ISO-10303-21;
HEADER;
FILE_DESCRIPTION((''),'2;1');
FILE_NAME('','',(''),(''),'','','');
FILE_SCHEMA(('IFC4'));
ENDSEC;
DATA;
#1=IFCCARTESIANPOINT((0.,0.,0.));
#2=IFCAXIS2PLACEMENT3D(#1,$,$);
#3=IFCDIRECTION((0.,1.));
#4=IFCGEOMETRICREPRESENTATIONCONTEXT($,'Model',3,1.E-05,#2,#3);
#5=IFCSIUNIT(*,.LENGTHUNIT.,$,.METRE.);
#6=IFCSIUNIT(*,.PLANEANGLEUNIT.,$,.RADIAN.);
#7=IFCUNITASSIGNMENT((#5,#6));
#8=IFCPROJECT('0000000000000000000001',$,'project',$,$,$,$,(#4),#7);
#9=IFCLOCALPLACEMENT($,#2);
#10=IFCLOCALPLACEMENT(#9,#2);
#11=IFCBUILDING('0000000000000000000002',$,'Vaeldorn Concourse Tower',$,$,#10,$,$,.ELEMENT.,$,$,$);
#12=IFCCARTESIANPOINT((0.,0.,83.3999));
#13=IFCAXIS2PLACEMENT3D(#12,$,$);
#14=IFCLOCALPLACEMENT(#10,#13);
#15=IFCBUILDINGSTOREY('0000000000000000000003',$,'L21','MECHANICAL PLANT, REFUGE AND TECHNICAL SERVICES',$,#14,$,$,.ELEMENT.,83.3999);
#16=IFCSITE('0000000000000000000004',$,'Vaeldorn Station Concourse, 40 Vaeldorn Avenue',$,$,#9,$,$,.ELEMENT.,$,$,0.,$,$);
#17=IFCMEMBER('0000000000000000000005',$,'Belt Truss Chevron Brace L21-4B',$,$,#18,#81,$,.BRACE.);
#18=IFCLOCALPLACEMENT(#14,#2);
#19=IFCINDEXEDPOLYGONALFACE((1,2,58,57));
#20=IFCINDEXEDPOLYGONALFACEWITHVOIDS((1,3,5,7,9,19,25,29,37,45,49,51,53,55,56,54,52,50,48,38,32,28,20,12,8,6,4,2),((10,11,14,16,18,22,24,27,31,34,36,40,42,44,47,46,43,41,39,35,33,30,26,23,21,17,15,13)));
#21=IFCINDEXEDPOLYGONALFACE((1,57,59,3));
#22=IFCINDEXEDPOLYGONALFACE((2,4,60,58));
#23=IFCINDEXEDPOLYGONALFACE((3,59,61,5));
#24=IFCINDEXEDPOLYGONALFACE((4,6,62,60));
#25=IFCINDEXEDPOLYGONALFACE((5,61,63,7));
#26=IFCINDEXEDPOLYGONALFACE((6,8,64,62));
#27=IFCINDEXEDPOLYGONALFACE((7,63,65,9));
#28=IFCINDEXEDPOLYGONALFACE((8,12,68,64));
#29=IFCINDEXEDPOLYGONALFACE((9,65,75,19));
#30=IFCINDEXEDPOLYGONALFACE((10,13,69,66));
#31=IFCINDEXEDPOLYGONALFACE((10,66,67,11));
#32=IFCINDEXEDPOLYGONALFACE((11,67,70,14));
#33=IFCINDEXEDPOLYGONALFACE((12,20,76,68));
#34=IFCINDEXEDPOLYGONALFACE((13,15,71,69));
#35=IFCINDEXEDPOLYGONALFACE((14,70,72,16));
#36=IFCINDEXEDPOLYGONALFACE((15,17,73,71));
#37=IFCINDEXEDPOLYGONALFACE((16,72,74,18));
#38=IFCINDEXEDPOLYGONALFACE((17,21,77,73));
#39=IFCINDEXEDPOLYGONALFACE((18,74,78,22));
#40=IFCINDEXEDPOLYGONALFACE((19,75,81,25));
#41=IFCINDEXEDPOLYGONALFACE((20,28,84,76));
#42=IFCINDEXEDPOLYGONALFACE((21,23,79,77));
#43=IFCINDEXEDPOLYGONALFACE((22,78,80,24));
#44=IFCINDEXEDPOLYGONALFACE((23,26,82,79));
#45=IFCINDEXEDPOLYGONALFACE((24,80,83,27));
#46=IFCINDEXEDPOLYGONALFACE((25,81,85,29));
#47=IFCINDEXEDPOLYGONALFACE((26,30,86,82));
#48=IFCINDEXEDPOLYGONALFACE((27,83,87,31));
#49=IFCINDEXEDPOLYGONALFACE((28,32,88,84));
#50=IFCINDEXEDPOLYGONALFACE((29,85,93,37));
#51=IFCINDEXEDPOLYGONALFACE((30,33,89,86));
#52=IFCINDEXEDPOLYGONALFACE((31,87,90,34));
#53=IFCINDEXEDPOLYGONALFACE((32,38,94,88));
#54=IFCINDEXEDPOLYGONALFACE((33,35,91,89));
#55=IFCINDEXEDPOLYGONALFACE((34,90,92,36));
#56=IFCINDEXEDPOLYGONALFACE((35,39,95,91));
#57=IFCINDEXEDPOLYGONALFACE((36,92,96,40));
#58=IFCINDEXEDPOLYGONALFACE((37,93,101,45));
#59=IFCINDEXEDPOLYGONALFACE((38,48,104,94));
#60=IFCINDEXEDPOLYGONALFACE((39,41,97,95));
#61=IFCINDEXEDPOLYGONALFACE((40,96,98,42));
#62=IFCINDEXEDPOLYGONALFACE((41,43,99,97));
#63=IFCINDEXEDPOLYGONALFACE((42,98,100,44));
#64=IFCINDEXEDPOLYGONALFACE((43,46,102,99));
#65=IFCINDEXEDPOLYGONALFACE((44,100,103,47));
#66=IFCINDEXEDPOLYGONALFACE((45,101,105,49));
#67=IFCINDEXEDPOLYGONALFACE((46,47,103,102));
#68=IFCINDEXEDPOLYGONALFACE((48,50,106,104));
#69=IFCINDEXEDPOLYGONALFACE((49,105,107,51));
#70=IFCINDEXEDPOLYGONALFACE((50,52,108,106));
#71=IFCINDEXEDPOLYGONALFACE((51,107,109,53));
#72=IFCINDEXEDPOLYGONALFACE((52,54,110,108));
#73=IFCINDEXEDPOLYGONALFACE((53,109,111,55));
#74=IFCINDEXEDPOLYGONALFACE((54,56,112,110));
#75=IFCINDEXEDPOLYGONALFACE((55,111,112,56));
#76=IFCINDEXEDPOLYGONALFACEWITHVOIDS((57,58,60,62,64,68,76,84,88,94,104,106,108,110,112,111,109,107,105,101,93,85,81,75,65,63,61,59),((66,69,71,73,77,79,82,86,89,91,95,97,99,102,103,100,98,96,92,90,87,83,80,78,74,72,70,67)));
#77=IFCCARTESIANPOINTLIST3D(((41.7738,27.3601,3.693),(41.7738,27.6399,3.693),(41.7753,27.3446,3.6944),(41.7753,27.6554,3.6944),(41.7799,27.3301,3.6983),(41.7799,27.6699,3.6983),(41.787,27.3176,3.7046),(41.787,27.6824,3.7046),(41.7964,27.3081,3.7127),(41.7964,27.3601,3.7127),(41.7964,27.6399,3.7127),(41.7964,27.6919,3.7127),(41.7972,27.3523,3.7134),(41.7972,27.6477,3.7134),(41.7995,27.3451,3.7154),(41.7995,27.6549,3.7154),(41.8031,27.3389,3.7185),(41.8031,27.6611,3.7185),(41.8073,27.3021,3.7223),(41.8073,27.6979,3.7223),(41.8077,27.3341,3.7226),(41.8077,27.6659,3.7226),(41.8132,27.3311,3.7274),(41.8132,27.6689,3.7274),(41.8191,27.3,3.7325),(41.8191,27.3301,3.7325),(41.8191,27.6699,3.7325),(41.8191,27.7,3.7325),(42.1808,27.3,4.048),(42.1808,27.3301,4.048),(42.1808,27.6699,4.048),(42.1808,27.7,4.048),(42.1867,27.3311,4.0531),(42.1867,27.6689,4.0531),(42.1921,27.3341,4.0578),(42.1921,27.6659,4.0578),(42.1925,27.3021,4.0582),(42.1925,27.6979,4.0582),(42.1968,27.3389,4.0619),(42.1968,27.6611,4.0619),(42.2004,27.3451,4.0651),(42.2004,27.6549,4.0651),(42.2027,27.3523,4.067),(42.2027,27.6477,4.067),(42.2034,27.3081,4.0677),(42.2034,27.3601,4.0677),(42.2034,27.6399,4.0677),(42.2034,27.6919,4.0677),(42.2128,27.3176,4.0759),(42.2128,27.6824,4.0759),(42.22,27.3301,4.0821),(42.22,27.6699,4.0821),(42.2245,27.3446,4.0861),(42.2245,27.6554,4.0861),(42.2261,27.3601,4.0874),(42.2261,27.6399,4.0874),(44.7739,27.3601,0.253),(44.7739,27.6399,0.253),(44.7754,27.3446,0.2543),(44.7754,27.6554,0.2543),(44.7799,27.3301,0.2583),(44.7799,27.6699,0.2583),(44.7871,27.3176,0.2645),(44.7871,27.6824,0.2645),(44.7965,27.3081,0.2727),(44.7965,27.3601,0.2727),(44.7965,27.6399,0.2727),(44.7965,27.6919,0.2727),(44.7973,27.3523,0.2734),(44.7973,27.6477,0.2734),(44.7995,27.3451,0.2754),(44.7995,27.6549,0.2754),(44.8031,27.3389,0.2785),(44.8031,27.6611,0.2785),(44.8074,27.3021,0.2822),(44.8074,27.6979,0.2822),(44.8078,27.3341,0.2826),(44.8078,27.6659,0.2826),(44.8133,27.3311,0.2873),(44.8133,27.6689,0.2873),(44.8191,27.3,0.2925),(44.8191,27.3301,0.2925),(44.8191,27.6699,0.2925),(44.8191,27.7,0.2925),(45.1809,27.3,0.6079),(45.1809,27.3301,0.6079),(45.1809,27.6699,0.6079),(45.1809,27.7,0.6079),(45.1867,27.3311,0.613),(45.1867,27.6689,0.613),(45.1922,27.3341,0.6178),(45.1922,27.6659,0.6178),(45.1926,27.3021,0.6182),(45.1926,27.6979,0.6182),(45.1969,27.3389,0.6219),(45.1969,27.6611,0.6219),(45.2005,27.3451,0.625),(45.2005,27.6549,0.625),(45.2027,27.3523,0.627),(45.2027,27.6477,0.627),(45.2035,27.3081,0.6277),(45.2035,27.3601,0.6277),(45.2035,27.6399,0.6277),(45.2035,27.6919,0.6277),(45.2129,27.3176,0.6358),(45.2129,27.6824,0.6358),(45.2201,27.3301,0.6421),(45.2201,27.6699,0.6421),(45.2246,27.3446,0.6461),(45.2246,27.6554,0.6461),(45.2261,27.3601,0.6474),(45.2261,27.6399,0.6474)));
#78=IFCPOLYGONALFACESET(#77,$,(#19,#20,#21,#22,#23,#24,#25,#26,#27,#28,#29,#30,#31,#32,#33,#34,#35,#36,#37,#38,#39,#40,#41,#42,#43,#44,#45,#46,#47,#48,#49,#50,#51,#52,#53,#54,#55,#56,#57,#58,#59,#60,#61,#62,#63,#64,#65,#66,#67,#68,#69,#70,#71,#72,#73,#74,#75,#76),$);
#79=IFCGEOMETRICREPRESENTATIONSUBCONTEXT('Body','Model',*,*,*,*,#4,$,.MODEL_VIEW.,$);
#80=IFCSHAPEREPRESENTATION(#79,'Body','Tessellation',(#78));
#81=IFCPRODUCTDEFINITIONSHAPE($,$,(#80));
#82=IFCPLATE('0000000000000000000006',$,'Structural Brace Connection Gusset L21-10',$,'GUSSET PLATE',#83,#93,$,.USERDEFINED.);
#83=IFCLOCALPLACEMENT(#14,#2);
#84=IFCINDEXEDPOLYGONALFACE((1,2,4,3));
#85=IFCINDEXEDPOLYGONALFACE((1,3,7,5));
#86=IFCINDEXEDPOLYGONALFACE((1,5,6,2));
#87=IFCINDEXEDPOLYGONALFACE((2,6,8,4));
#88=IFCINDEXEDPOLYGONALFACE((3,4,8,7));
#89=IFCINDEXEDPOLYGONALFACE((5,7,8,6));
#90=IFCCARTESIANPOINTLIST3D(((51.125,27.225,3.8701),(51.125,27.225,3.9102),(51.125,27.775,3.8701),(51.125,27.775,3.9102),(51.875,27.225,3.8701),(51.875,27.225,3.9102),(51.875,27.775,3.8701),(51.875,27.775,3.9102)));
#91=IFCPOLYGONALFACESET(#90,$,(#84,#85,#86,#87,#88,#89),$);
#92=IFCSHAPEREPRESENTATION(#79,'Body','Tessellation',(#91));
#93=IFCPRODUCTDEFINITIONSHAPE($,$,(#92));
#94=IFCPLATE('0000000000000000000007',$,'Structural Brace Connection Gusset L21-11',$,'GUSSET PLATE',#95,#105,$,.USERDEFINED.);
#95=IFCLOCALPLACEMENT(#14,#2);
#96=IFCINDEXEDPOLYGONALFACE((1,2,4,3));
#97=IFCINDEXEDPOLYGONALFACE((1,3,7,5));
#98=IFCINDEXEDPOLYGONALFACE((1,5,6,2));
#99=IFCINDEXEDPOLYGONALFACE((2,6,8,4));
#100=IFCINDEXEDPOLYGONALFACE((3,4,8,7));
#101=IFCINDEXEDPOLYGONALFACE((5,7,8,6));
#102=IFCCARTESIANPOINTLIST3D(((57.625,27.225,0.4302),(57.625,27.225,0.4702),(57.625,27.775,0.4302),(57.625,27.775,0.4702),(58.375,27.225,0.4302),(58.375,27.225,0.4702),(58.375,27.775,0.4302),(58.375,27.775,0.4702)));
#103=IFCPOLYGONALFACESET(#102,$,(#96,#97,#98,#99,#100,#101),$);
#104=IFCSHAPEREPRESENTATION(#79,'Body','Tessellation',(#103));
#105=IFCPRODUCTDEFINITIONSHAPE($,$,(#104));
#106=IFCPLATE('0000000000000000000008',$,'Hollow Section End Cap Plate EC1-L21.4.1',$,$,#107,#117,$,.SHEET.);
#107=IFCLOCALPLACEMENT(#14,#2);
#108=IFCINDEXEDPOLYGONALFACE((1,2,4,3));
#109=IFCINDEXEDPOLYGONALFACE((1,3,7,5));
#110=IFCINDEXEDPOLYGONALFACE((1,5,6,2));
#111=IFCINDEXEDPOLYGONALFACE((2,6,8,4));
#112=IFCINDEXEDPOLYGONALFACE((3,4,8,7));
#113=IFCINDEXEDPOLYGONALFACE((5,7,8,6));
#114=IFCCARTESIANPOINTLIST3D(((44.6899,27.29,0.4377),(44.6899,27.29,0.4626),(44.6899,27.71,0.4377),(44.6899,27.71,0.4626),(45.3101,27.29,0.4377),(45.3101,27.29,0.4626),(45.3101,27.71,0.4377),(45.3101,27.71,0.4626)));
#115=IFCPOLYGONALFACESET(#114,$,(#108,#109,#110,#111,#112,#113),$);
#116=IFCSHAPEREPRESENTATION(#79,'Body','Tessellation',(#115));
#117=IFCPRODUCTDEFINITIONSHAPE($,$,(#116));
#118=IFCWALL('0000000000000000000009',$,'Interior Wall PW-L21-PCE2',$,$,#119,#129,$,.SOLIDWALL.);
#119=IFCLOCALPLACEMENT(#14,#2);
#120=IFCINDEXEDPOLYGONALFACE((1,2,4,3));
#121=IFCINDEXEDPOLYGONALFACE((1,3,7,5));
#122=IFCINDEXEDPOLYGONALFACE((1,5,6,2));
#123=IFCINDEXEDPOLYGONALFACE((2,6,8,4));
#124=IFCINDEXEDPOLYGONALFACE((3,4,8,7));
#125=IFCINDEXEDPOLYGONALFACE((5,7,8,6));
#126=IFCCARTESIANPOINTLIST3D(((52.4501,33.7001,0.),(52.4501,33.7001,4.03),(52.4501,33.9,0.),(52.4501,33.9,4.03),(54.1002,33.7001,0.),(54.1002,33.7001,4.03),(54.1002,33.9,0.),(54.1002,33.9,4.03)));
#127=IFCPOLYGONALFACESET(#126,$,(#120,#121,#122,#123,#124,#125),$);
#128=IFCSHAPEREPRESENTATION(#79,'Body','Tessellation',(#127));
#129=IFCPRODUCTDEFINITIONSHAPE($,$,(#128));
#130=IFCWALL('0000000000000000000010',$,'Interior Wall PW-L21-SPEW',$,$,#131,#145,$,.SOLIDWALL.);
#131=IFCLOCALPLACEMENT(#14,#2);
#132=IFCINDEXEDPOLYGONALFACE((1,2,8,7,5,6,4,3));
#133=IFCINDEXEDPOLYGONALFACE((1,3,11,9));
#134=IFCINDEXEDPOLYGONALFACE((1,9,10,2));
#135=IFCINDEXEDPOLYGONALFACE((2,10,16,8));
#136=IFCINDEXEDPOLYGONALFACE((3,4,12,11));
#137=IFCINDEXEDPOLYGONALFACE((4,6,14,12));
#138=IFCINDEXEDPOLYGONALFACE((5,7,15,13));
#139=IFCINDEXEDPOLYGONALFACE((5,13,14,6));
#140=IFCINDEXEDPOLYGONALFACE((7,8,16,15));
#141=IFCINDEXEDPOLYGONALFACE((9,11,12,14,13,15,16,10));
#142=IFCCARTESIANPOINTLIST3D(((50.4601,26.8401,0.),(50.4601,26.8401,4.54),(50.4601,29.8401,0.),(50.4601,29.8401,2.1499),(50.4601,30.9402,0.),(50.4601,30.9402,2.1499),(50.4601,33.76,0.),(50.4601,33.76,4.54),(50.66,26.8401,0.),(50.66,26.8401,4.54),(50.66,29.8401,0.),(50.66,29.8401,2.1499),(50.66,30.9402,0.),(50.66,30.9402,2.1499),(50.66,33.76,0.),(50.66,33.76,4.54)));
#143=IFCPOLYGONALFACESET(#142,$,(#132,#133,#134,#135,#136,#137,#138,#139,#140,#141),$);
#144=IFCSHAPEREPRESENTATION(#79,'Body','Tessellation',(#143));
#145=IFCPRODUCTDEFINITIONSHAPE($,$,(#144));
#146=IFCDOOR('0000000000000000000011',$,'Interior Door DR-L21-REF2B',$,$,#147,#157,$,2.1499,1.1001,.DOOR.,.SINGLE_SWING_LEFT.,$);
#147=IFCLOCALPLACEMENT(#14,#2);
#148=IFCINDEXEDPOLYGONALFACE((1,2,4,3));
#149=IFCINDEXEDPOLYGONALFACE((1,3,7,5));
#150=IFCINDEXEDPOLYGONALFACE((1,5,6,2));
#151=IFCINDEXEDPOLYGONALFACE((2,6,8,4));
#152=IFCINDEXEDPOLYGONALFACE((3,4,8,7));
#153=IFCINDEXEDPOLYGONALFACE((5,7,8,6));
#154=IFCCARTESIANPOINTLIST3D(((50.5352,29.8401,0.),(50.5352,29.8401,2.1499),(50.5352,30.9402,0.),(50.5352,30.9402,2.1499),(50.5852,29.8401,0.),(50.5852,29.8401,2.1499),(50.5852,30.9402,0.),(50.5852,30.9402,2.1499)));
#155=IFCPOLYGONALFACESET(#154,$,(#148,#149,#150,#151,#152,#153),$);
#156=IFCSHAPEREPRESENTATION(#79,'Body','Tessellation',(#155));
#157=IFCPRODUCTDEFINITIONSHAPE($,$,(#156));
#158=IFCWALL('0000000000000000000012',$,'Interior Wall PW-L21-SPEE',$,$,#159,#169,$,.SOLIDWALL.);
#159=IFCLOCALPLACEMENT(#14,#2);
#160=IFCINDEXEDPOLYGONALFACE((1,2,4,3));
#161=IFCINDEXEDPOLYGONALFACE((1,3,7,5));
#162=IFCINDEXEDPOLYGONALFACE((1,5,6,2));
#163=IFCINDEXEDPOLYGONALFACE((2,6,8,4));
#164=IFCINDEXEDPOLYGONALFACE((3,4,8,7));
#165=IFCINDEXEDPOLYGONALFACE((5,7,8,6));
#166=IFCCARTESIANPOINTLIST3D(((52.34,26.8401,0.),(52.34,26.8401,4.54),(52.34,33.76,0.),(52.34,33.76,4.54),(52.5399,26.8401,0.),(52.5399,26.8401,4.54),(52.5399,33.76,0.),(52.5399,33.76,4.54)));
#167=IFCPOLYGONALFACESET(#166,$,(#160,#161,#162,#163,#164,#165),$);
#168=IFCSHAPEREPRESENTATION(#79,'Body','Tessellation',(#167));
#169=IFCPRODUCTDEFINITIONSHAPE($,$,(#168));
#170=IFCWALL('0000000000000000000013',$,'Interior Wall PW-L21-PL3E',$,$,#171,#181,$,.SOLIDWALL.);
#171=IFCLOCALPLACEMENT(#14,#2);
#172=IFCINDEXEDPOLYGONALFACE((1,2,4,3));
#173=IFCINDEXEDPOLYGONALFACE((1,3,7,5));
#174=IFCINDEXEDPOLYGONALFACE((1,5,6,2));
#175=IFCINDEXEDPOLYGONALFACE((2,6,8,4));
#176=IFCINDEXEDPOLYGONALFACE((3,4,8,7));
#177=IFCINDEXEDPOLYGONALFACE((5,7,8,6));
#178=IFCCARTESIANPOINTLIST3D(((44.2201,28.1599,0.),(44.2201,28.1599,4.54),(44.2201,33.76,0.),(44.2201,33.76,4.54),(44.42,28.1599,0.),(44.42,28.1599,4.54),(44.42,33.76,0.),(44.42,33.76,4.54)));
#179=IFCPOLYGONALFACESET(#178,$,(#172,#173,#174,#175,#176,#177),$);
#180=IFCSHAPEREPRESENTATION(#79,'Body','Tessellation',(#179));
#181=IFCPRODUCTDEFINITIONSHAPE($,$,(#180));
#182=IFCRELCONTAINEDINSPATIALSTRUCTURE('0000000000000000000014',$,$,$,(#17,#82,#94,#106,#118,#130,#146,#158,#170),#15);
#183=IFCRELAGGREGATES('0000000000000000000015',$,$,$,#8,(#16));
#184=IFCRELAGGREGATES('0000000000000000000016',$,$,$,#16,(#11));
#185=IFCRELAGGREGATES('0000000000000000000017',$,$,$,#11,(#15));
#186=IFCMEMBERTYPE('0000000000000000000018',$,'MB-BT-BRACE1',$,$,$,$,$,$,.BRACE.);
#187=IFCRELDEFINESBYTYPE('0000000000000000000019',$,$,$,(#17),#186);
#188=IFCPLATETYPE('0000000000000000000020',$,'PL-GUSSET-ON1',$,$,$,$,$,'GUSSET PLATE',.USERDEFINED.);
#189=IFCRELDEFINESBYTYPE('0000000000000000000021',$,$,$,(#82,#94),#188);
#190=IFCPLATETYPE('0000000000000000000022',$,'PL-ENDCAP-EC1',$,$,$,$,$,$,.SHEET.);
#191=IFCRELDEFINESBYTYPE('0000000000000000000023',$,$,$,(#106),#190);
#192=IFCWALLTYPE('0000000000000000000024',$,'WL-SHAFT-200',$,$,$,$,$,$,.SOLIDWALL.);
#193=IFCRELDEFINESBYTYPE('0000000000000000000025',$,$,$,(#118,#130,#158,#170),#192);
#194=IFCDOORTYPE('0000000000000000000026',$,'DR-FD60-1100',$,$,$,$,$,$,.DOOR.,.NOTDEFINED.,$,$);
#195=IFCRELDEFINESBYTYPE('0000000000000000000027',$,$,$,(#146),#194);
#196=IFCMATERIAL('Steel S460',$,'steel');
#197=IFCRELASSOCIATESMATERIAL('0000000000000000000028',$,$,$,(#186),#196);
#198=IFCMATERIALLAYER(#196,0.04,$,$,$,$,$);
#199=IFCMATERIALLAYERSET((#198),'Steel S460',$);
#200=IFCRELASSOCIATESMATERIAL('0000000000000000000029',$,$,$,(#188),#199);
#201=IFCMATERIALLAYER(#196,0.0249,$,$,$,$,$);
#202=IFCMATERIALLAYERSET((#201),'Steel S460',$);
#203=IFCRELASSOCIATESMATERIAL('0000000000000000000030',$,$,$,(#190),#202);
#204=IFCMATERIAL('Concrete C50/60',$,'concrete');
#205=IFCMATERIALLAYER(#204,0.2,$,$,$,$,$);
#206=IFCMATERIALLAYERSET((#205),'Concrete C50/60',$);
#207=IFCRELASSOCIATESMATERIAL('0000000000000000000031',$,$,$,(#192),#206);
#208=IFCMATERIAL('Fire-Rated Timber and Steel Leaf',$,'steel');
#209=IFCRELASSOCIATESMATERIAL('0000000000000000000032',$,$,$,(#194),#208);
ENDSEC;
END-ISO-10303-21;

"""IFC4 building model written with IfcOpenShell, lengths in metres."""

from ifc_helpers import new_model, si_unit, direction, frame, frame_2d, origin, origin_2d, place, context, subcontext, project, spatial, rectangle, hollow_rectangle, extrude, source, transform, mapped, material, layer, layer_set, material_profile, profile_set, type_object, element, fill, save


model = new_model("IFC4")

# Units and contexts
model_context = context("Model", 3, precision=1e-05, world=origin(), true_north=direction((0.0, 1.0)))
body_context = subcontext(model_context, "Body", "Model", "MODEL_VIEW")
ifc_project = project(units=[si_unit("LENGTHUNIT", "METRE"), si_unit("PLANEANGLEUNIT", "RADIAN")], contexts=[model_context])

# Site, building, storey
site_placement = place(None, origin())
site = spatial("IfcSite", under=ifc_project, at=site_placement, Name="Vaeldorn Station Concourse, 40 Vaeldorn Avenue", CompositionType="ELEMENT", RefElevation=0.0)
building_placement = place(site_placement, origin())
building = spatial("IfcBuilding", under=site, at=building_placement, Name="Vaeldorn Concourse Tower", CompositionType="ELEMENT")
storey_placement = place(building_placement, frame((0.0, 0.0, 83.3999)))
storey = spatial("IfcBuildingStorey", under=building, at=storey_placement, Name="L21", Description="MECHANICAL PLANT, REFUGE AND TECHNICAL SERVICES", CompositionType="ELEMENT", Elevation=83.3999)

# Shared definitions
ifc_material_1 = material(Name="Steel S460", Category="steel")

# Member
ifc_material_profile_1 = material_profile(ifc_material_1, hollow_rectangle(XDim=0.3999, YDim=0.6001, WallThickness=0.03, InnerFilletRadius=0.03, OuterFilletRadius=0.0601, at=origin_2d()), Name="RHS 600x400x30")
ifc_profile_set_1 = profile_set([ifc_material_profile_1], Name="Steel S460")
member_type_1 = type_object("IfcMemberType", Name="MB-BT-BRACE1", PredefinedType="BRACE", material=ifc_profile_set_1)
shared_shape_1 = source(origin(), body_context, "Body", "SweptSolid", [
    extrude(hollow_rectangle(XDim=0.3999, YDim=0.6001, WallThickness=0.03, InnerFilletRadius=0.03, OuterFilletRadius=0.0601, at=origin_2d()), origin(), (0.0, 0.0, 1.0), 4.5645),
])
member_1_placement = place(storey_placement, frame((45.0, 27.5, 0.4502), z_axis=(-0.657269, 0.0, 0.753656), x_axis=(0.0, -1.0, 0.0)))
element("IfcMember", 1, at=member_1_placement, inside=storey, type_object=member_type_1, Name="Belt Truss Chevron Brace L21-4B", PredefinedType="BRACE", context=body_context, shape_type="MappedRepresentation", body=[
    mapped(shared_shape_1, transform((0.0, 0.0, 0.0), scale=1.0)),
])

# Plates
ifc_layer_1 = layer(ifc_material_1, 0.04)
ifc_layer_set_1 = layer_set([ifc_layer_1], Name="Steel S460")
plate_type_1 = type_object("IfcPlateType", Name="PL-GUSSET-ON1", ElementType="GUSSET PLATE", PredefinedType="USERDEFINED", material=ifc_layer_set_1)
shared_shape_2 = source(origin(), body_context, "Body", "SweptSolid", [
    extrude(rectangle(XDim=0.75, YDim=0.55, at=origin_2d()), origin(), (0.0, 0.0, 1.0), 0.04),
])
for number, where, z_axis, x_axis, name in (
    (2, (51.5, 27.5, 3.8701), (0.0, 0.0, 1.0), (1.0, 0.0, 0.0), "Structural Brace Connection Gusset L21-10"),
    (3, (58.0, 27.5, 0.4302), (0.0, 0.0, 1.0), (1.0, 0.0, 0.0), "Structural Brace Connection Gusset L21-11"),
):
    element("IfcPlate", number, at=place(storey_placement, frame(where, z_axis=z_axis, x_axis=x_axis)), inside=storey, type_object=plate_type_1, Name=name, ObjectType="GUSSET PLATE", PredefinedType="USERDEFINED", context=body_context, shape_type="MappedRepresentation", body=[
        mapped(shared_shape_2, transform((0.0, 0.0, 0.0), scale=1.0)),
    ])
ifc_layer_2 = layer(ifc_material_1, 0.0249)
ifc_layer_set_2 = layer_set([ifc_layer_2], Name="Steel S460")
plate_type_2 = type_object("IfcPlateType", Name="PL-ENDCAP-EC1", PredefinedType="SHEET", material=ifc_layer_set_2)
shared_shape_3 = source(origin(), body_context, "Body", "SweptSolid", [
    extrude(rectangle(XDim=0.6201, YDim=0.4199, at=origin_2d()), origin(), (0.0, 0.0, 1.0), 0.0249),
])
plate_placement = place(storey_placement, frame((45.0, 27.5, 0.4377), z_axis=(0.0, 0.0, 1.0), x_axis=(1.0, 0.0, 0.0)))
element("IfcPlate", 4, at=plate_placement, inside=storey, type_object=plate_type_2, Name="Hollow Section End Cap Plate EC1-L21.4.1", PredefinedType="SHEET", context=body_context, shape_type="MappedRepresentation", body=[
    mapped(shared_shape_3, transform((0.0, 0.0, 0.0), scale=1.0)),
])

# Wall
ifc_material_2 = material(Name="Concrete C50/60", Category="concrete")
ifc_layer_3 = layer(ifc_material_2, 0.2)
ifc_layer_set_3 = layer_set([ifc_layer_3], Name="Concrete C50/60")
wall_type = type_object("IfcWallType", Name="WL-SHAFT-200", PredefinedType="SOLIDWALL", material=ifc_layer_set_3)
wall_1_placement = place(storey_placement, frame((52.45, 33.8, 0.0), z_axis=(0.0, 0.0, 1.0), x_axis=(1.0, 0.0, 0.0)))
element("IfcWall", 5, at=wall_1_placement, inside=storey, type_object=wall_type, Name="Interior Wall PW-L21-PCE2", PredefinedType="SOLIDWALL", context=body_context, shape_type="SweptSolid", body=[
    extrude(rectangle(XDim=1.6501, YDim=0.2, at=frame_2d((0.8252, 0.0))), origin(), (0.0, 0.0, 1.0), 4.03),
])

# Wall, opening, door
wall_2_placement = place(storey_placement, frame((50.5601, 26.8401, 0.0), z_axis=(0.0, 0.0, 1.0), x_axis=(0.0, 1.0, 0.0)))
wall_2 = element("IfcWall", 6, at=wall_2_placement, inside=storey, type_object=wall_type, Name="Interior Wall PW-L21-SPEW", PredefinedType="SOLIDWALL", context=body_context, shape_type="SweptSolid", body=[
    extrude(rectangle(XDim=6.9199, YDim=0.2, at=frame_2d((3.46, 0.0))), origin(), (0.0, 0.0, 1.0), 4.54),
])
opening_1_placement = place(wall_2_placement, frame((3.0, 0.0, 0.0)))
opening_1 = element("IfcOpeningElement", 7, at=opening_1_placement, cuts=wall_2, PredefinedType="OPENING", context=body_context, shape_type="SweptSolid", body=[
    extrude(rectangle(XDim=1.1001, YDim=2.1499, at=frame_2d((0.55, 1.075))), frame((0.0, 0.1099, 0.0), z_axis=(0.0, -1.0, 0.0), x_axis=(1.0, 0.0, 0.0)), (0.0, 0.0, 1.0), 0.22),
])
ifc_material_3 = material(Name="Fire-Rated Timber and Steel Leaf", Category="steel")
door_type = type_object("IfcDoorType", Name="DR-FD60-1100", OperationType="NOTDEFINED", PredefinedType="DOOR", material=ifc_material_3)
shared_shape_4 = source(origin(), body_context, "Body", "SweptSolid", [
    extrude(rectangle(XDim=1.1001, YDim=2.1499, at=frame_2d((0.55, 1.075))), frame((0.0, 0.0249, 0.0), z_axis=(0.0, -1.0, 0.0), x_axis=(1.0, 0.0, 0.0)), (0.0, 0.0, 1.0), 0.05),
])
door_1_placement = place(opening_1_placement, origin())
door_1 = element("IfcDoor", 8, at=door_1_placement, inside=storey, type_object=door_type, Name="Interior Door DR-L21-REF2B", OperationType="SINGLE_SWING_LEFT", OverallHeight=2.1499, OverallWidth=1.1001, PredefinedType="DOOR", context=body_context, shape_type="MappedRepresentation", body=[
    mapped(shared_shape_4, transform((0.0, 0.0, 0.0), scale=1.0)),
])
fill(opening_1, door_1)

# Wall
wall_3_placement = place(storey_placement, frame((52.4399, 26.8401, 0.0), z_axis=(0.0, 0.0, 1.0), x_axis=(0.0, 1.0, 0.0)))
element("IfcWall", 9, at=wall_3_placement, inside=storey, type_object=wall_type, Name="Interior Wall PW-L21-SPEE", PredefinedType="SOLIDWALL", context=body_context, shape_type="SweptSolid", body=[
    extrude(rectangle(XDim=6.9199, YDim=0.2, at=frame_2d((3.46, 0.0))), origin(), (0.0, 0.0, 1.0), 4.54),
])

# Wall
wall_4_placement = place(storey_placement, frame((44.3201, 28.1599, 0.0), z_axis=(0.0, 0.0, 1.0), x_axis=(0.0, 1.0, 0.0)))
element("IfcWall", 10, at=wall_4_placement, inside=storey, type_object=wall_type, Name="Interior Wall PW-L21-PL3E", PredefinedType="SOLIDWALL", context=body_context, shape_type="SweptSolid", body=[
    extrude(rectangle(XDim=5.6001, YDim=0.2, at=frame_2d((2.8, 0.0))), origin(), (0.0, 0.0, 1.0), 4.54),
])

save(model, "model.ifc")
